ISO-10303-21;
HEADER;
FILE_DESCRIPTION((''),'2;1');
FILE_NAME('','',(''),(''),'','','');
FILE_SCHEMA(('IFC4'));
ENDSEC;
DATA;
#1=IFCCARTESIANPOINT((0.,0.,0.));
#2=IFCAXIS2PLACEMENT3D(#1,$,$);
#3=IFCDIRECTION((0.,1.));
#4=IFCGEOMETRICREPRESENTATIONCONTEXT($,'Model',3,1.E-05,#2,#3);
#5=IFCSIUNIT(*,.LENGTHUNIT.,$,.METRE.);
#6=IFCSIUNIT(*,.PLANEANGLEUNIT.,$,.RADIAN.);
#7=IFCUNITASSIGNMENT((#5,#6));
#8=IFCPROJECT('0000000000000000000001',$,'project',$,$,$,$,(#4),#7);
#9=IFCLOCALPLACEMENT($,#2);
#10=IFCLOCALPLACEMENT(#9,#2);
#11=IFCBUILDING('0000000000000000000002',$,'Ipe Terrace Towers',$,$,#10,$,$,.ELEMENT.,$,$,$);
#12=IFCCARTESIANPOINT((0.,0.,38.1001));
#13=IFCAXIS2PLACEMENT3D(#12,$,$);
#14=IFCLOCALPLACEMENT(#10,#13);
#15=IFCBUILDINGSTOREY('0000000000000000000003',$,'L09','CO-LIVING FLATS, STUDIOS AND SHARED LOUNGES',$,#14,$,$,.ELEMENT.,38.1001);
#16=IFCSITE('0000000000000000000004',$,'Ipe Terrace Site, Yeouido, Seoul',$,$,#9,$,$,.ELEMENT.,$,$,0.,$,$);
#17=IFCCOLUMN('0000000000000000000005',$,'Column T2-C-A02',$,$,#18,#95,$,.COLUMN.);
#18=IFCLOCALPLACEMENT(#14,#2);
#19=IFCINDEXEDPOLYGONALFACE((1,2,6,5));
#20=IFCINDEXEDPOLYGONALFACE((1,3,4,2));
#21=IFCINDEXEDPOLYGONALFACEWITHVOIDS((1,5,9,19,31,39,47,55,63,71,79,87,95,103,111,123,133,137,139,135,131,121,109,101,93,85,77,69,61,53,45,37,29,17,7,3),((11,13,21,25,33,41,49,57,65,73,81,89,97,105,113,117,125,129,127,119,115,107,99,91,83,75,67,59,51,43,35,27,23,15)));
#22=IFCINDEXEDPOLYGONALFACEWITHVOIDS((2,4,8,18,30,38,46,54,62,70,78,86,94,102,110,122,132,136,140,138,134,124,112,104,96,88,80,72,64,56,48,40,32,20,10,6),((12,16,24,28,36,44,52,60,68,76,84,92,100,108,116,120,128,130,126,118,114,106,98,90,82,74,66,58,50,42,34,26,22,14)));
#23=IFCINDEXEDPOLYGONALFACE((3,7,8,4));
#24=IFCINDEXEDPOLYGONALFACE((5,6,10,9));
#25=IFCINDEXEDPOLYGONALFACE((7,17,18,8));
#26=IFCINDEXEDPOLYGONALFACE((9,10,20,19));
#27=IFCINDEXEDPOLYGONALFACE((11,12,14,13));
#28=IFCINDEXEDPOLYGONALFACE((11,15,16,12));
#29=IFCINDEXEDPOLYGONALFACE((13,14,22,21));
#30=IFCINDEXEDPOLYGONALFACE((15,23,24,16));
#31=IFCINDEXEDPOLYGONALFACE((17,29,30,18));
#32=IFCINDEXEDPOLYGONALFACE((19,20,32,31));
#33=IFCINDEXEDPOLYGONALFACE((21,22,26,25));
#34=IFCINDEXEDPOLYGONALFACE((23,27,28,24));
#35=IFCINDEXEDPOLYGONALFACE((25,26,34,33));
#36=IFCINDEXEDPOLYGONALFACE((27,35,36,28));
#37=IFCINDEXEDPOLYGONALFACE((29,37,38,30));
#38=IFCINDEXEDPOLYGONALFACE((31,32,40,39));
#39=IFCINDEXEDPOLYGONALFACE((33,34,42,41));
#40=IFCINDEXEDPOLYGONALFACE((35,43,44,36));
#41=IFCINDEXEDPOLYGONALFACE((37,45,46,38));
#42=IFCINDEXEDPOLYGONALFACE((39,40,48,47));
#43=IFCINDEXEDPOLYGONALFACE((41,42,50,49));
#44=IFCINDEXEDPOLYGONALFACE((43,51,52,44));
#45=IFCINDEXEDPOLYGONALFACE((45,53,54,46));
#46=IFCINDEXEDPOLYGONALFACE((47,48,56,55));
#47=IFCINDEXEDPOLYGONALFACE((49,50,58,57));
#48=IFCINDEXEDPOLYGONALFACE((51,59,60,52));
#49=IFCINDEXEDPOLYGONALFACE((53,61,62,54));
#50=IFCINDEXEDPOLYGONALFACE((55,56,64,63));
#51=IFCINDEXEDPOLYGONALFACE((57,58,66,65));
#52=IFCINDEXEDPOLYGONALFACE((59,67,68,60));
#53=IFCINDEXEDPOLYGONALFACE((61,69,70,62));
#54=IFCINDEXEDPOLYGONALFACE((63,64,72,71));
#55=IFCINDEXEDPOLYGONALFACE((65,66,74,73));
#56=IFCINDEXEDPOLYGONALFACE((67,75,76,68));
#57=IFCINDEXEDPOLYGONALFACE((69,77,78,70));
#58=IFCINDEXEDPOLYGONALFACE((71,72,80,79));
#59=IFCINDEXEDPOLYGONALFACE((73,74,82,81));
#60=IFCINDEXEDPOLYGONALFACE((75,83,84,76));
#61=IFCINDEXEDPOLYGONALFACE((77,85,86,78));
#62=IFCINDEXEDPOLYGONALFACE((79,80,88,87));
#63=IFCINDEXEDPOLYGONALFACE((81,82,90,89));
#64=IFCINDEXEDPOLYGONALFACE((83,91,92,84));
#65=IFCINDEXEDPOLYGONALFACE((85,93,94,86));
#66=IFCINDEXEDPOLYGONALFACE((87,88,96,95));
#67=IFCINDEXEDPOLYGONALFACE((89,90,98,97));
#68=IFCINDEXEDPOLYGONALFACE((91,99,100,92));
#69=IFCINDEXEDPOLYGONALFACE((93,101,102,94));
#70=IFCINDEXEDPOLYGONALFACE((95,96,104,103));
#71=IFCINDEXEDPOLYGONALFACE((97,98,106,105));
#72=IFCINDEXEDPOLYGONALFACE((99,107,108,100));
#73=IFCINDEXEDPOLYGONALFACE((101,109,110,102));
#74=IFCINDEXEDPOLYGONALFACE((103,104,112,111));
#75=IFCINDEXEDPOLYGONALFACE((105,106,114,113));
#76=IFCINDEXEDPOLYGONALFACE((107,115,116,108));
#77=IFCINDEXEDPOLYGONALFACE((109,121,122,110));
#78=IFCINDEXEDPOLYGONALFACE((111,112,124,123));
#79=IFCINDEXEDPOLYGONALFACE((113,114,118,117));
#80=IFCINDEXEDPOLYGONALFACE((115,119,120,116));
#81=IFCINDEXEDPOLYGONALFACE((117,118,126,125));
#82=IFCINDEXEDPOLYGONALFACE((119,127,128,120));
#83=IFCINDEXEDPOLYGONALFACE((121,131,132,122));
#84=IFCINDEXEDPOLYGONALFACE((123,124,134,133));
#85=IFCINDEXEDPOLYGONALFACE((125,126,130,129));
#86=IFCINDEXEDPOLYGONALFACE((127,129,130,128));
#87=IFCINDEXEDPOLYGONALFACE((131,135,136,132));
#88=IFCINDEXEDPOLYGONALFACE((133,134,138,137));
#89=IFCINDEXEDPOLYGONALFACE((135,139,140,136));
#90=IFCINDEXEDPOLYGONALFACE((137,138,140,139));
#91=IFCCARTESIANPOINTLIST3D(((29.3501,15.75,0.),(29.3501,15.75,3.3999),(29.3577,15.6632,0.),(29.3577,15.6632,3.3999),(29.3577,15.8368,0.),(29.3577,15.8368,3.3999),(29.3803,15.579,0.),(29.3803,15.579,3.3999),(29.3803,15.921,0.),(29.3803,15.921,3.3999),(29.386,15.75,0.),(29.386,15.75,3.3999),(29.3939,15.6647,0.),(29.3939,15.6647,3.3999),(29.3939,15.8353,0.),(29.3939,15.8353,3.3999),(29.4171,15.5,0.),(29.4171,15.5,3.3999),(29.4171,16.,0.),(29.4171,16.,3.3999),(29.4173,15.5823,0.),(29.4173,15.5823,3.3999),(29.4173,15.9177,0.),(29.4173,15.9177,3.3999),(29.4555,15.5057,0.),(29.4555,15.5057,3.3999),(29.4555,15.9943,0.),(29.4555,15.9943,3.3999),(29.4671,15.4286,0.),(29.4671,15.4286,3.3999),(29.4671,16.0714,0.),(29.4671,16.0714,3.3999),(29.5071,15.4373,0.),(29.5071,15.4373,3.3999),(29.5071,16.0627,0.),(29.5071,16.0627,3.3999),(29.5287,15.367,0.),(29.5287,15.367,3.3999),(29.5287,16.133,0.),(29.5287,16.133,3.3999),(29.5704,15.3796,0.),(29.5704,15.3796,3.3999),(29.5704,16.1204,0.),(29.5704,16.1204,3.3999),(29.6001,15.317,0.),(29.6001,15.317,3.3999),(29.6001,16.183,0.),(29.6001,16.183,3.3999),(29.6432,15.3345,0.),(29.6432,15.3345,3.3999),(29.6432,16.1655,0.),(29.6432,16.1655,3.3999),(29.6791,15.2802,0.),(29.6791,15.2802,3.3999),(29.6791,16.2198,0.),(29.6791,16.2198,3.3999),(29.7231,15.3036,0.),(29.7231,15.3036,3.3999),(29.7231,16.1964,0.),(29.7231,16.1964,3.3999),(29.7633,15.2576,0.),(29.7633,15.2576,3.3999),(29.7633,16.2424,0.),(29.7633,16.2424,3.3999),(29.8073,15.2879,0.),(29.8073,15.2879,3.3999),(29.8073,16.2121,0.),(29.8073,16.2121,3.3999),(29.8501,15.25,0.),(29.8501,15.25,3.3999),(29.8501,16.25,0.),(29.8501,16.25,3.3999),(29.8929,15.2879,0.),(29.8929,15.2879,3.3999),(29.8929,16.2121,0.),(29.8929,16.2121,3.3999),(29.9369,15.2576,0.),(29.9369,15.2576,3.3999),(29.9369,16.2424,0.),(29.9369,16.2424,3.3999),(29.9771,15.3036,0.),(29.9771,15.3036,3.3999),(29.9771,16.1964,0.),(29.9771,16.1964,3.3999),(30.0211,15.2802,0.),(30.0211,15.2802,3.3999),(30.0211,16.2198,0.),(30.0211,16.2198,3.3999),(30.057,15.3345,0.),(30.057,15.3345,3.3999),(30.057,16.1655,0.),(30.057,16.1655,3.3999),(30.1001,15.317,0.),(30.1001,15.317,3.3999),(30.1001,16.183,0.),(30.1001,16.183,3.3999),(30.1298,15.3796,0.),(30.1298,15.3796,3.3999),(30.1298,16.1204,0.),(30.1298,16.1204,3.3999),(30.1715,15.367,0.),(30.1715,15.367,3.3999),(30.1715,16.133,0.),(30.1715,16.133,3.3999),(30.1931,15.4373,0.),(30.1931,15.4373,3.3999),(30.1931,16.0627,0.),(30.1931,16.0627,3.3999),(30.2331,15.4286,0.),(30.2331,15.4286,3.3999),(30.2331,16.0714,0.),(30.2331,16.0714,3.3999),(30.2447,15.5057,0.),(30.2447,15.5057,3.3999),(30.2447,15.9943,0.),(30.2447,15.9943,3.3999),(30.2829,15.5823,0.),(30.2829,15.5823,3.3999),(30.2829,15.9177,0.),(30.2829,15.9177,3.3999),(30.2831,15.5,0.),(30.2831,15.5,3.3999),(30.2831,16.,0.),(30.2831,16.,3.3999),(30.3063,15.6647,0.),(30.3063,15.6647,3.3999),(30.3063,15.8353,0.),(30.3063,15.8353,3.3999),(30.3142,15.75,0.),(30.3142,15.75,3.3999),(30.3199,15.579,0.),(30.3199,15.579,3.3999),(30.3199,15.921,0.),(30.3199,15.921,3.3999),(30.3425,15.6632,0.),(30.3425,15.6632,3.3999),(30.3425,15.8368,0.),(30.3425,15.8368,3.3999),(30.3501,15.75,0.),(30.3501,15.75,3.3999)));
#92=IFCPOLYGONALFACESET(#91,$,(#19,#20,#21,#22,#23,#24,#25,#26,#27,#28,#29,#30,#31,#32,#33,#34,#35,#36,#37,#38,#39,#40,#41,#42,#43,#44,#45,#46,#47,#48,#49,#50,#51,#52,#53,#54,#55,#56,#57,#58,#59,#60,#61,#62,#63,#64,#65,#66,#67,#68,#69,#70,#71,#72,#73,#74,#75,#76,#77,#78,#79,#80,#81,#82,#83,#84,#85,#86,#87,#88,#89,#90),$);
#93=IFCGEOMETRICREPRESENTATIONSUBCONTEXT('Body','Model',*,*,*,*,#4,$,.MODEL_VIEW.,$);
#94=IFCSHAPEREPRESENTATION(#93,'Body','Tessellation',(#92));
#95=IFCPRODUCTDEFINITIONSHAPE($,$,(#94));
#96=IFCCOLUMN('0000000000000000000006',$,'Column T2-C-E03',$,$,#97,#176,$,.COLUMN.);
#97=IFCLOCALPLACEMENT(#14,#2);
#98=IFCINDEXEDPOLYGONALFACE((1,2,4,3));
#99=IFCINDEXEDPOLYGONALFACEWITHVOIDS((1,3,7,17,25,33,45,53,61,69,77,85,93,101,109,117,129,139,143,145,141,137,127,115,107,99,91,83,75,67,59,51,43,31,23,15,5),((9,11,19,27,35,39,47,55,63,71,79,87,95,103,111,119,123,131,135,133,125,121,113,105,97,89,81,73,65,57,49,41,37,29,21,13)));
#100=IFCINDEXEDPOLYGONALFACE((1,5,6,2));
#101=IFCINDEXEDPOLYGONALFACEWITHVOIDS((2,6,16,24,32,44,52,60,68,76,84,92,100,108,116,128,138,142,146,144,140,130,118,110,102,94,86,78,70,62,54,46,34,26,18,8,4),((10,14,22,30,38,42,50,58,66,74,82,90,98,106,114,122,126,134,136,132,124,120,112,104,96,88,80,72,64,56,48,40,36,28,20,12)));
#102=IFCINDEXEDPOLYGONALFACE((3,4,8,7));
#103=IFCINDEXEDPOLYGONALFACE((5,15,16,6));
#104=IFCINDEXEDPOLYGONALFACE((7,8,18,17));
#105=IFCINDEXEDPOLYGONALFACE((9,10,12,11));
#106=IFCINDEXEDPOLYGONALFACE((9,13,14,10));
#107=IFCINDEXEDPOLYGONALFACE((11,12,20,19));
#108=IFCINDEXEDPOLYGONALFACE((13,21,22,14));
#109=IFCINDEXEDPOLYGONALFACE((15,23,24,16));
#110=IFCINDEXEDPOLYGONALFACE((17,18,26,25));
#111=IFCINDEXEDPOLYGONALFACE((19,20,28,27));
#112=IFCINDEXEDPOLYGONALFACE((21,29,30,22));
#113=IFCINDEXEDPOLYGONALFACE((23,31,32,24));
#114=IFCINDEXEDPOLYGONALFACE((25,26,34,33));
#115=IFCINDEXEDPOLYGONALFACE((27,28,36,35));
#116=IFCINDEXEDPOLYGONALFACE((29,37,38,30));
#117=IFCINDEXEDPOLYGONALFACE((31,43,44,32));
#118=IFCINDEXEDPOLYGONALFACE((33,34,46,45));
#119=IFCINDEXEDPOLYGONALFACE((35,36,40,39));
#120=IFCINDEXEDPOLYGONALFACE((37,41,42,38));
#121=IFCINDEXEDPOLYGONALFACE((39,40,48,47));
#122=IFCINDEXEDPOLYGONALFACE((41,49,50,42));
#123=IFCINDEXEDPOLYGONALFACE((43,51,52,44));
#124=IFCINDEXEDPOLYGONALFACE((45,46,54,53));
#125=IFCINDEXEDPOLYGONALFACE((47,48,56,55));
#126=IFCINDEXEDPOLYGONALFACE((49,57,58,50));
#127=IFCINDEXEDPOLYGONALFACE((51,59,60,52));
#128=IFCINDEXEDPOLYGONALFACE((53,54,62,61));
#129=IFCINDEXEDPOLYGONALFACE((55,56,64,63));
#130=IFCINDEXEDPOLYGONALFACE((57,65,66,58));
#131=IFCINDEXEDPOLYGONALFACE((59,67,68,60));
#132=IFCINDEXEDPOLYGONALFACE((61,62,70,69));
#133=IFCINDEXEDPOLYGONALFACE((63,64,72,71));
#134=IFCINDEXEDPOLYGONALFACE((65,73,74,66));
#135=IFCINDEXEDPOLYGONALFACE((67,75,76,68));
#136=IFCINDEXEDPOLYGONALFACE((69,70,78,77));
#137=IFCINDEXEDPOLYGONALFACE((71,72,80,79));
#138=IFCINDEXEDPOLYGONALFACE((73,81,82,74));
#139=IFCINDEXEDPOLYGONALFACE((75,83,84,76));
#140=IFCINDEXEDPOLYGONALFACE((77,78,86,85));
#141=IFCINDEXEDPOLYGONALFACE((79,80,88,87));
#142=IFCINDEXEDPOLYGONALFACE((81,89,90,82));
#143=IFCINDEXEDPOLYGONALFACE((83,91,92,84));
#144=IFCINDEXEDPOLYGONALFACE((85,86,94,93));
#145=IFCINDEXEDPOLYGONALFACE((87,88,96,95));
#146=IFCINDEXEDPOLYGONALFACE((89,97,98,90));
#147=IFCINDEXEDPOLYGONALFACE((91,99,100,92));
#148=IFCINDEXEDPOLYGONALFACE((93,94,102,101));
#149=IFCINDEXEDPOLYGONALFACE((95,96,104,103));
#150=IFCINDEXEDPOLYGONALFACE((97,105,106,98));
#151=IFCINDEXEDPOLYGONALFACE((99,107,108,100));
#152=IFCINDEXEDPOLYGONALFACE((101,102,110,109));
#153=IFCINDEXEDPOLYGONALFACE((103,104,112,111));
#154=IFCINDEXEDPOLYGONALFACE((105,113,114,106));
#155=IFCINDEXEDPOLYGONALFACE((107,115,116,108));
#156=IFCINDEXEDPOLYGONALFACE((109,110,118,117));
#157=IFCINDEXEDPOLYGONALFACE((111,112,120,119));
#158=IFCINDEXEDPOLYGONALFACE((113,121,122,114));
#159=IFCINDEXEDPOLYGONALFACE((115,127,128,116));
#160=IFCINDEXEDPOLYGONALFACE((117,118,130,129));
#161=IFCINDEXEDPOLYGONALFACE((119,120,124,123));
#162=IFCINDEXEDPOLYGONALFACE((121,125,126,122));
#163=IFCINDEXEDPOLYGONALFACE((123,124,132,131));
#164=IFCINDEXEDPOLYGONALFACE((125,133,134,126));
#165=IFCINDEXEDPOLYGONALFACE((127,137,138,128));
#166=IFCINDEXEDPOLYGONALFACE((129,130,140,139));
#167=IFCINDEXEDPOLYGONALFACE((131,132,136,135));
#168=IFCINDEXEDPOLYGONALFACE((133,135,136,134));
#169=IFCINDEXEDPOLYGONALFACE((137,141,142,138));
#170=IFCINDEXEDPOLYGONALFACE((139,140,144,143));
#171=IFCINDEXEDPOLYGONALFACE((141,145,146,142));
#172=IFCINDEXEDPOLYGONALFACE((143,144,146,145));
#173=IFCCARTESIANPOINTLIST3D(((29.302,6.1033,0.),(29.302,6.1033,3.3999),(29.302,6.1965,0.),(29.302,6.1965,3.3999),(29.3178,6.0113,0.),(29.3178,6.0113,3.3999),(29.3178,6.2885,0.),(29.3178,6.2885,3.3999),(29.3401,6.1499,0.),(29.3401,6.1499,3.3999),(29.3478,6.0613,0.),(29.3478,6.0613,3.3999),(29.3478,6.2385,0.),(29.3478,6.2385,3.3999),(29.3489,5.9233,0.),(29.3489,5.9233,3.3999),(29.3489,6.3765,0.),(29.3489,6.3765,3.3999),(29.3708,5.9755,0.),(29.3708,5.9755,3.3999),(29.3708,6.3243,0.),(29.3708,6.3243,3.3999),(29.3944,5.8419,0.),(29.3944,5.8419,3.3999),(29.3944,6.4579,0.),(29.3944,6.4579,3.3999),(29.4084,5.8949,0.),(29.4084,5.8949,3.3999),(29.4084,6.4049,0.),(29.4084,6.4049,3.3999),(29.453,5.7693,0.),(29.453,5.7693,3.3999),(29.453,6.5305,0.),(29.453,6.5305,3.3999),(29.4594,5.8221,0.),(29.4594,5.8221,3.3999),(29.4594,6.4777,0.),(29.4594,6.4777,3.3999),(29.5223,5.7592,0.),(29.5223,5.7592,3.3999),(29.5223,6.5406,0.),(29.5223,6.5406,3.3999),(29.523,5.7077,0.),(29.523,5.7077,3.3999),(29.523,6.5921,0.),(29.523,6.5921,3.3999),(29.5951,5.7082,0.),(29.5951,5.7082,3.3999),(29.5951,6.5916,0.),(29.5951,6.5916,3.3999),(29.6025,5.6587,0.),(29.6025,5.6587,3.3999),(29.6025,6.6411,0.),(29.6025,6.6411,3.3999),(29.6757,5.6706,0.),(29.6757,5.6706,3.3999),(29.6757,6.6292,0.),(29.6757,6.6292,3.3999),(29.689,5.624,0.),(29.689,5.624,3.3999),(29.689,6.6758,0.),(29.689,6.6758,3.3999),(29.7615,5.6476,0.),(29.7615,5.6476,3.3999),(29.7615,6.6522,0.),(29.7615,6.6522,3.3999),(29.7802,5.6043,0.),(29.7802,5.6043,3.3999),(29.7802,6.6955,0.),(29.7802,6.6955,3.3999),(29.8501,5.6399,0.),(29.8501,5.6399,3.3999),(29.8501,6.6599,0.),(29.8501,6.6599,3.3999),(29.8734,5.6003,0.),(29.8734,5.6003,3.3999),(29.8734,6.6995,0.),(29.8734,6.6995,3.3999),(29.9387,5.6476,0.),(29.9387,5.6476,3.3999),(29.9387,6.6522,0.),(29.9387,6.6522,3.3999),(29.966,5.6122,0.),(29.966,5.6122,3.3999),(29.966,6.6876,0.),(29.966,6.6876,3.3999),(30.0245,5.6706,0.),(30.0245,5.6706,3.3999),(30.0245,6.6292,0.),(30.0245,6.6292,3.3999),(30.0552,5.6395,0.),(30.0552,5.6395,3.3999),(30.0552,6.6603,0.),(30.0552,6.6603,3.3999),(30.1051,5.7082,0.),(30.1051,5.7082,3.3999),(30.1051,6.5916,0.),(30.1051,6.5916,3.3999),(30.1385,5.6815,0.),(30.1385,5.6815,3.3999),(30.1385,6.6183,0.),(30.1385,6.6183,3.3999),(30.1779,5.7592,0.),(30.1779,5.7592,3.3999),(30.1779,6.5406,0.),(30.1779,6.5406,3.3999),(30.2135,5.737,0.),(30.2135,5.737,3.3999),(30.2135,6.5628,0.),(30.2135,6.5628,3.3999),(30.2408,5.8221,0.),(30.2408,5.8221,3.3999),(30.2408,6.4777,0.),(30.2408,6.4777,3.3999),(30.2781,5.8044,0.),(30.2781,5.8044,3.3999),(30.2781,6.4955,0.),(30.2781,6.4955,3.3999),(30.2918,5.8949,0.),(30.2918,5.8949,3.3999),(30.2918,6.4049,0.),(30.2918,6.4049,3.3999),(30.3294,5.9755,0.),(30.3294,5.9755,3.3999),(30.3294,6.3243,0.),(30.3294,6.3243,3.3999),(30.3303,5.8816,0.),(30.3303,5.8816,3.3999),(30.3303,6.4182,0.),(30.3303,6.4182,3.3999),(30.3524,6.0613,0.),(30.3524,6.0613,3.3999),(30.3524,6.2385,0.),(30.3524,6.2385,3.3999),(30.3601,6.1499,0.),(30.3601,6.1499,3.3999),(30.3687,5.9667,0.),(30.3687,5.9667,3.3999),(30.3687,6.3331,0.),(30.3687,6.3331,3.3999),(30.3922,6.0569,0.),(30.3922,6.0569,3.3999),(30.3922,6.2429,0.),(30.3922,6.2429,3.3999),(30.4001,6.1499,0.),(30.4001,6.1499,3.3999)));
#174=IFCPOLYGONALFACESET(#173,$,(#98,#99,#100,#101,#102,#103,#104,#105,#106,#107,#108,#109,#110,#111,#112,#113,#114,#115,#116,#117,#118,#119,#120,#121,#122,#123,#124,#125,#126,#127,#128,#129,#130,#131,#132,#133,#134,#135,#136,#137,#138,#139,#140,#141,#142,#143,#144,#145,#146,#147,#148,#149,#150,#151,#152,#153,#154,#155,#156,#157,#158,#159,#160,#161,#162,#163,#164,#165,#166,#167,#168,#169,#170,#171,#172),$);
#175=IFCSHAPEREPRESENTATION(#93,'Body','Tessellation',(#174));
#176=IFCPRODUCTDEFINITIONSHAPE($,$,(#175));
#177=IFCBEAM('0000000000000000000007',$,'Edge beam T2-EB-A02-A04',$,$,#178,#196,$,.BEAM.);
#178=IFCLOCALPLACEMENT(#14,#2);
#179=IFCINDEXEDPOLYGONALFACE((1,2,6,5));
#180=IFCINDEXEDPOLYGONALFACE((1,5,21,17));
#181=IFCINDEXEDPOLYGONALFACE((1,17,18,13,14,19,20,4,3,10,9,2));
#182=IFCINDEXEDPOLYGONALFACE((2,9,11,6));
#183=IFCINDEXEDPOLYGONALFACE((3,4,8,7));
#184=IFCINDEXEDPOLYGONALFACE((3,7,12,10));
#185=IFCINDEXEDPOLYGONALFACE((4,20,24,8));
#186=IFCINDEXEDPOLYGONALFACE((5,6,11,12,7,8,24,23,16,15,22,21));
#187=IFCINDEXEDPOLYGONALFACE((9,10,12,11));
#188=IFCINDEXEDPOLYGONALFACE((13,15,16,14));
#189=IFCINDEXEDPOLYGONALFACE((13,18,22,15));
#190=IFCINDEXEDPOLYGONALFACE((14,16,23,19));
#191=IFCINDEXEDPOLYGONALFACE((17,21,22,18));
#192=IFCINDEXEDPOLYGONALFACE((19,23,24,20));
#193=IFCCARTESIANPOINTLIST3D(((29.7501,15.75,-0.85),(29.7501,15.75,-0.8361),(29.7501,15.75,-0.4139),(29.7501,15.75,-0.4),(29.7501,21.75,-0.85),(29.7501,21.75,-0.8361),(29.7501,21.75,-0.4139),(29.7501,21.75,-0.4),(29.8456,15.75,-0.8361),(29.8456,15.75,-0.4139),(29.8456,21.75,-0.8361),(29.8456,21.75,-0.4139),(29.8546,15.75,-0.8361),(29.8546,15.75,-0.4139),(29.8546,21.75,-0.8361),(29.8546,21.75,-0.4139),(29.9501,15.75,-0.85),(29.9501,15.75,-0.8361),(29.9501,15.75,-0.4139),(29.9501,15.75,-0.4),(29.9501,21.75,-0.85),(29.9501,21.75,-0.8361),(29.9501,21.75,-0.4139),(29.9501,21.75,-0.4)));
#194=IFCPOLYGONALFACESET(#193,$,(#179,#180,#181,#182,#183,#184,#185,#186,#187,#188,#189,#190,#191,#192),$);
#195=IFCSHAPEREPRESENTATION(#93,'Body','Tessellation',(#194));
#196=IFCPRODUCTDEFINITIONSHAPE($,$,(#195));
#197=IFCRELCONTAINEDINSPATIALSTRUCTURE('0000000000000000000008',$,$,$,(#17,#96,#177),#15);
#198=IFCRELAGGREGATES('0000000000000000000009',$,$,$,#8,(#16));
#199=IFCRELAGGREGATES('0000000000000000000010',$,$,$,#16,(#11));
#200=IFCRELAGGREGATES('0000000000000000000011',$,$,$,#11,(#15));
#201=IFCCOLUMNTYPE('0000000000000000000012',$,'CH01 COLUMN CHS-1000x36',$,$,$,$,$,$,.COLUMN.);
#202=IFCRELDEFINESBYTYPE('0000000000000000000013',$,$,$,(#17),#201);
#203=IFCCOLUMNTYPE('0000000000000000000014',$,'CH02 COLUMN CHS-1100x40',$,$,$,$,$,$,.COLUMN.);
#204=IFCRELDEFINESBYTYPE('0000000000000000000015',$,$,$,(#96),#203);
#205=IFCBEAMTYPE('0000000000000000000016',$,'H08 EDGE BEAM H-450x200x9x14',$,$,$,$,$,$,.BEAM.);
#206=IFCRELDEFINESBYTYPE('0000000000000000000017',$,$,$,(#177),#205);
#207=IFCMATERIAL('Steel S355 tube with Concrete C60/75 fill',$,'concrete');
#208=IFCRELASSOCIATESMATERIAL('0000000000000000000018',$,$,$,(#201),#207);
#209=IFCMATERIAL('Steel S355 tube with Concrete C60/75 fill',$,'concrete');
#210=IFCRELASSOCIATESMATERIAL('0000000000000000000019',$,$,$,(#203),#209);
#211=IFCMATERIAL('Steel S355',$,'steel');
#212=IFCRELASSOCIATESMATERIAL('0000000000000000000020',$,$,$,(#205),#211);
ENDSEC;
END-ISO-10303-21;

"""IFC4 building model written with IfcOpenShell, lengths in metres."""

from ifc_helpers import new_model, si_unit, direction, frame, origin, origin_2d, place, context, subcontext, project, spatial, hollow_circle, i_section, extrude, material, material_profile, profile_set, type_object, element, save


model = new_model("IFC4")

# Units and contexts
model_context = context("Model", 3, precision=1e-05, world=origin(), true_north=direction((0.0, 1.0)))
body_context = subcontext(model_context, "Body", "Model", "MODEL_VIEW")
ifc_project = project(units=[si_unit("LENGTHUNIT", "METRE"), si_unit("PLANEANGLEUNIT", "RADIAN")], contexts=[model_context])

# Site, building, storey
site_placement = place(None, origin())
site = spatial("IfcSite", under=ifc_project, at=site_placement, Name="Ipe Terrace Site, Yeouido, Seoul", CompositionType="ELEMENT", RefElevation=0.0)
building_placement = place(site_placement, origin())
building = spatial("IfcBuilding", under=site, at=building_placement, Name="Ipe Terrace Towers", CompositionType="ELEMENT")
storey_placement = place(building_placement, frame((0.0, 0.0, 38.1001)))
storey = spatial("IfcBuildingStorey", under=building, at=storey_placement, Name="L09", Description="CO-LIVING FLATS, STUDIOS AND SHARED LOUNGES", CompositionType="ELEMENT", Elevation=38.1001)

# Columns
ifc_material_1 = material(Name="Steel S355 tube with Concrete C60/75 fill", Category="concrete")
ifc_material_profile_1 = material_profile(ifc_material_1, hollow_circle(Radius=0.5, WallThickness=0.0359, at=origin_2d()), Name="CHS-1000x36")
ifc_profile_set_1 = profile_set([ifc_material_profile_1], Name="Steel S355 tube with Concrete C60/75 fill")
column_type_1 = type_object("IfcColumnType", Name="CH01 COLUMN CHS-1000x36", PredefinedType="COLUMN", material=ifc_profile_set_1)
column_1_placement = place(storey_placement, frame((29.8501, 15.75, 0.0), z_axis=(0.0, 0.0, 1.0), x_axis=(1.0, 0.0, 0.0)))
element("IfcColumn", 1, at=column_1_placement, inside=storey, type_object=column_type_1, Name="Column T2-C-A02", PredefinedType="COLUMN", context=body_context, shape_type="SweptSolid", body=[
    extrude(hollow_circle(Radius=0.5, WallThickness=0.0359, at=origin_2d()), origin(), (0.0, 0.0, 1.0), 3.3999),
])
ifc_material_2 = material(Name="Steel S355 tube with Concrete C60/75 fill", Category="concrete")
ifc_material_profile_2 = material_profile(ifc_material_2, hollow_circle(Radius=0.55, WallThickness=0.04, at=origin_2d()), Name="CHS-1100x40")
ifc_profile_set_2 = profile_set([ifc_material_profile_2], Name="Steel S355 tube with Concrete C60/75 fill")
column_type_2 = type_object("IfcColumnType", Name="CH02 COLUMN CHS-1100x40", PredefinedType="COLUMN", material=ifc_profile_set_2)
column_2_placement = place(storey_placement, frame((29.8501, 6.1499, 0.0), z_axis=(0.0, 0.0, 1.0), x_axis=(1.0, 0.0, 0.0)))
element("IfcColumn", 2, at=column_2_placement, inside=storey, type_object=column_type_2, Name="Column T2-C-E03", PredefinedType="COLUMN", context=body_context, shape_type="SweptSolid", body=[
    extrude(hollow_circle(Radius=0.55, WallThickness=0.04, at=origin_2d()), origin(), (0.0, 0.0, 1.0), 3.3999),
])

# Beam
ifc_material_3 = material(Name="Steel S355", Category="steel")
ifc_material_profile_3 = material_profile(ifc_material_3, i_section(OverallWidth=0.2, OverallDepth=0.45, WebThickness=0.009, FlangeThickness=0.0139, at=origin_2d()), Name="H-450x200x9x14")
ifc_profile_set_3 = profile_set([ifc_material_profile_3], Name="Steel S355")
beam_type = type_object("IfcBeamType", Name="H08 EDGE BEAM H-450x200x9x14", PredefinedType="BEAM", material=ifc_profile_set_3)
beam_placement = place(storey_placement, frame((29.8501, 15.75, -0.625), z_axis=(0.0, 1.0, 0.0), x_axis=(-1.0, 0.0, 0.0)))
element("IfcBeam", 3, at=beam_placement, inside=storey, type_object=beam_type, Name="Edge beam T2-EB-A02-A04", PredefinedType="BEAM", context=body_context, shape_type="SweptSolid", body=[
    extrude(i_section(OverallWidth=0.2, OverallDepth=0.45, WebThickness=0.009, FlangeThickness=0.0139, at=origin_2d()), origin(), (0.0, 0.0, 1.0), 6.0),
])

save(model, "model.ifc")
